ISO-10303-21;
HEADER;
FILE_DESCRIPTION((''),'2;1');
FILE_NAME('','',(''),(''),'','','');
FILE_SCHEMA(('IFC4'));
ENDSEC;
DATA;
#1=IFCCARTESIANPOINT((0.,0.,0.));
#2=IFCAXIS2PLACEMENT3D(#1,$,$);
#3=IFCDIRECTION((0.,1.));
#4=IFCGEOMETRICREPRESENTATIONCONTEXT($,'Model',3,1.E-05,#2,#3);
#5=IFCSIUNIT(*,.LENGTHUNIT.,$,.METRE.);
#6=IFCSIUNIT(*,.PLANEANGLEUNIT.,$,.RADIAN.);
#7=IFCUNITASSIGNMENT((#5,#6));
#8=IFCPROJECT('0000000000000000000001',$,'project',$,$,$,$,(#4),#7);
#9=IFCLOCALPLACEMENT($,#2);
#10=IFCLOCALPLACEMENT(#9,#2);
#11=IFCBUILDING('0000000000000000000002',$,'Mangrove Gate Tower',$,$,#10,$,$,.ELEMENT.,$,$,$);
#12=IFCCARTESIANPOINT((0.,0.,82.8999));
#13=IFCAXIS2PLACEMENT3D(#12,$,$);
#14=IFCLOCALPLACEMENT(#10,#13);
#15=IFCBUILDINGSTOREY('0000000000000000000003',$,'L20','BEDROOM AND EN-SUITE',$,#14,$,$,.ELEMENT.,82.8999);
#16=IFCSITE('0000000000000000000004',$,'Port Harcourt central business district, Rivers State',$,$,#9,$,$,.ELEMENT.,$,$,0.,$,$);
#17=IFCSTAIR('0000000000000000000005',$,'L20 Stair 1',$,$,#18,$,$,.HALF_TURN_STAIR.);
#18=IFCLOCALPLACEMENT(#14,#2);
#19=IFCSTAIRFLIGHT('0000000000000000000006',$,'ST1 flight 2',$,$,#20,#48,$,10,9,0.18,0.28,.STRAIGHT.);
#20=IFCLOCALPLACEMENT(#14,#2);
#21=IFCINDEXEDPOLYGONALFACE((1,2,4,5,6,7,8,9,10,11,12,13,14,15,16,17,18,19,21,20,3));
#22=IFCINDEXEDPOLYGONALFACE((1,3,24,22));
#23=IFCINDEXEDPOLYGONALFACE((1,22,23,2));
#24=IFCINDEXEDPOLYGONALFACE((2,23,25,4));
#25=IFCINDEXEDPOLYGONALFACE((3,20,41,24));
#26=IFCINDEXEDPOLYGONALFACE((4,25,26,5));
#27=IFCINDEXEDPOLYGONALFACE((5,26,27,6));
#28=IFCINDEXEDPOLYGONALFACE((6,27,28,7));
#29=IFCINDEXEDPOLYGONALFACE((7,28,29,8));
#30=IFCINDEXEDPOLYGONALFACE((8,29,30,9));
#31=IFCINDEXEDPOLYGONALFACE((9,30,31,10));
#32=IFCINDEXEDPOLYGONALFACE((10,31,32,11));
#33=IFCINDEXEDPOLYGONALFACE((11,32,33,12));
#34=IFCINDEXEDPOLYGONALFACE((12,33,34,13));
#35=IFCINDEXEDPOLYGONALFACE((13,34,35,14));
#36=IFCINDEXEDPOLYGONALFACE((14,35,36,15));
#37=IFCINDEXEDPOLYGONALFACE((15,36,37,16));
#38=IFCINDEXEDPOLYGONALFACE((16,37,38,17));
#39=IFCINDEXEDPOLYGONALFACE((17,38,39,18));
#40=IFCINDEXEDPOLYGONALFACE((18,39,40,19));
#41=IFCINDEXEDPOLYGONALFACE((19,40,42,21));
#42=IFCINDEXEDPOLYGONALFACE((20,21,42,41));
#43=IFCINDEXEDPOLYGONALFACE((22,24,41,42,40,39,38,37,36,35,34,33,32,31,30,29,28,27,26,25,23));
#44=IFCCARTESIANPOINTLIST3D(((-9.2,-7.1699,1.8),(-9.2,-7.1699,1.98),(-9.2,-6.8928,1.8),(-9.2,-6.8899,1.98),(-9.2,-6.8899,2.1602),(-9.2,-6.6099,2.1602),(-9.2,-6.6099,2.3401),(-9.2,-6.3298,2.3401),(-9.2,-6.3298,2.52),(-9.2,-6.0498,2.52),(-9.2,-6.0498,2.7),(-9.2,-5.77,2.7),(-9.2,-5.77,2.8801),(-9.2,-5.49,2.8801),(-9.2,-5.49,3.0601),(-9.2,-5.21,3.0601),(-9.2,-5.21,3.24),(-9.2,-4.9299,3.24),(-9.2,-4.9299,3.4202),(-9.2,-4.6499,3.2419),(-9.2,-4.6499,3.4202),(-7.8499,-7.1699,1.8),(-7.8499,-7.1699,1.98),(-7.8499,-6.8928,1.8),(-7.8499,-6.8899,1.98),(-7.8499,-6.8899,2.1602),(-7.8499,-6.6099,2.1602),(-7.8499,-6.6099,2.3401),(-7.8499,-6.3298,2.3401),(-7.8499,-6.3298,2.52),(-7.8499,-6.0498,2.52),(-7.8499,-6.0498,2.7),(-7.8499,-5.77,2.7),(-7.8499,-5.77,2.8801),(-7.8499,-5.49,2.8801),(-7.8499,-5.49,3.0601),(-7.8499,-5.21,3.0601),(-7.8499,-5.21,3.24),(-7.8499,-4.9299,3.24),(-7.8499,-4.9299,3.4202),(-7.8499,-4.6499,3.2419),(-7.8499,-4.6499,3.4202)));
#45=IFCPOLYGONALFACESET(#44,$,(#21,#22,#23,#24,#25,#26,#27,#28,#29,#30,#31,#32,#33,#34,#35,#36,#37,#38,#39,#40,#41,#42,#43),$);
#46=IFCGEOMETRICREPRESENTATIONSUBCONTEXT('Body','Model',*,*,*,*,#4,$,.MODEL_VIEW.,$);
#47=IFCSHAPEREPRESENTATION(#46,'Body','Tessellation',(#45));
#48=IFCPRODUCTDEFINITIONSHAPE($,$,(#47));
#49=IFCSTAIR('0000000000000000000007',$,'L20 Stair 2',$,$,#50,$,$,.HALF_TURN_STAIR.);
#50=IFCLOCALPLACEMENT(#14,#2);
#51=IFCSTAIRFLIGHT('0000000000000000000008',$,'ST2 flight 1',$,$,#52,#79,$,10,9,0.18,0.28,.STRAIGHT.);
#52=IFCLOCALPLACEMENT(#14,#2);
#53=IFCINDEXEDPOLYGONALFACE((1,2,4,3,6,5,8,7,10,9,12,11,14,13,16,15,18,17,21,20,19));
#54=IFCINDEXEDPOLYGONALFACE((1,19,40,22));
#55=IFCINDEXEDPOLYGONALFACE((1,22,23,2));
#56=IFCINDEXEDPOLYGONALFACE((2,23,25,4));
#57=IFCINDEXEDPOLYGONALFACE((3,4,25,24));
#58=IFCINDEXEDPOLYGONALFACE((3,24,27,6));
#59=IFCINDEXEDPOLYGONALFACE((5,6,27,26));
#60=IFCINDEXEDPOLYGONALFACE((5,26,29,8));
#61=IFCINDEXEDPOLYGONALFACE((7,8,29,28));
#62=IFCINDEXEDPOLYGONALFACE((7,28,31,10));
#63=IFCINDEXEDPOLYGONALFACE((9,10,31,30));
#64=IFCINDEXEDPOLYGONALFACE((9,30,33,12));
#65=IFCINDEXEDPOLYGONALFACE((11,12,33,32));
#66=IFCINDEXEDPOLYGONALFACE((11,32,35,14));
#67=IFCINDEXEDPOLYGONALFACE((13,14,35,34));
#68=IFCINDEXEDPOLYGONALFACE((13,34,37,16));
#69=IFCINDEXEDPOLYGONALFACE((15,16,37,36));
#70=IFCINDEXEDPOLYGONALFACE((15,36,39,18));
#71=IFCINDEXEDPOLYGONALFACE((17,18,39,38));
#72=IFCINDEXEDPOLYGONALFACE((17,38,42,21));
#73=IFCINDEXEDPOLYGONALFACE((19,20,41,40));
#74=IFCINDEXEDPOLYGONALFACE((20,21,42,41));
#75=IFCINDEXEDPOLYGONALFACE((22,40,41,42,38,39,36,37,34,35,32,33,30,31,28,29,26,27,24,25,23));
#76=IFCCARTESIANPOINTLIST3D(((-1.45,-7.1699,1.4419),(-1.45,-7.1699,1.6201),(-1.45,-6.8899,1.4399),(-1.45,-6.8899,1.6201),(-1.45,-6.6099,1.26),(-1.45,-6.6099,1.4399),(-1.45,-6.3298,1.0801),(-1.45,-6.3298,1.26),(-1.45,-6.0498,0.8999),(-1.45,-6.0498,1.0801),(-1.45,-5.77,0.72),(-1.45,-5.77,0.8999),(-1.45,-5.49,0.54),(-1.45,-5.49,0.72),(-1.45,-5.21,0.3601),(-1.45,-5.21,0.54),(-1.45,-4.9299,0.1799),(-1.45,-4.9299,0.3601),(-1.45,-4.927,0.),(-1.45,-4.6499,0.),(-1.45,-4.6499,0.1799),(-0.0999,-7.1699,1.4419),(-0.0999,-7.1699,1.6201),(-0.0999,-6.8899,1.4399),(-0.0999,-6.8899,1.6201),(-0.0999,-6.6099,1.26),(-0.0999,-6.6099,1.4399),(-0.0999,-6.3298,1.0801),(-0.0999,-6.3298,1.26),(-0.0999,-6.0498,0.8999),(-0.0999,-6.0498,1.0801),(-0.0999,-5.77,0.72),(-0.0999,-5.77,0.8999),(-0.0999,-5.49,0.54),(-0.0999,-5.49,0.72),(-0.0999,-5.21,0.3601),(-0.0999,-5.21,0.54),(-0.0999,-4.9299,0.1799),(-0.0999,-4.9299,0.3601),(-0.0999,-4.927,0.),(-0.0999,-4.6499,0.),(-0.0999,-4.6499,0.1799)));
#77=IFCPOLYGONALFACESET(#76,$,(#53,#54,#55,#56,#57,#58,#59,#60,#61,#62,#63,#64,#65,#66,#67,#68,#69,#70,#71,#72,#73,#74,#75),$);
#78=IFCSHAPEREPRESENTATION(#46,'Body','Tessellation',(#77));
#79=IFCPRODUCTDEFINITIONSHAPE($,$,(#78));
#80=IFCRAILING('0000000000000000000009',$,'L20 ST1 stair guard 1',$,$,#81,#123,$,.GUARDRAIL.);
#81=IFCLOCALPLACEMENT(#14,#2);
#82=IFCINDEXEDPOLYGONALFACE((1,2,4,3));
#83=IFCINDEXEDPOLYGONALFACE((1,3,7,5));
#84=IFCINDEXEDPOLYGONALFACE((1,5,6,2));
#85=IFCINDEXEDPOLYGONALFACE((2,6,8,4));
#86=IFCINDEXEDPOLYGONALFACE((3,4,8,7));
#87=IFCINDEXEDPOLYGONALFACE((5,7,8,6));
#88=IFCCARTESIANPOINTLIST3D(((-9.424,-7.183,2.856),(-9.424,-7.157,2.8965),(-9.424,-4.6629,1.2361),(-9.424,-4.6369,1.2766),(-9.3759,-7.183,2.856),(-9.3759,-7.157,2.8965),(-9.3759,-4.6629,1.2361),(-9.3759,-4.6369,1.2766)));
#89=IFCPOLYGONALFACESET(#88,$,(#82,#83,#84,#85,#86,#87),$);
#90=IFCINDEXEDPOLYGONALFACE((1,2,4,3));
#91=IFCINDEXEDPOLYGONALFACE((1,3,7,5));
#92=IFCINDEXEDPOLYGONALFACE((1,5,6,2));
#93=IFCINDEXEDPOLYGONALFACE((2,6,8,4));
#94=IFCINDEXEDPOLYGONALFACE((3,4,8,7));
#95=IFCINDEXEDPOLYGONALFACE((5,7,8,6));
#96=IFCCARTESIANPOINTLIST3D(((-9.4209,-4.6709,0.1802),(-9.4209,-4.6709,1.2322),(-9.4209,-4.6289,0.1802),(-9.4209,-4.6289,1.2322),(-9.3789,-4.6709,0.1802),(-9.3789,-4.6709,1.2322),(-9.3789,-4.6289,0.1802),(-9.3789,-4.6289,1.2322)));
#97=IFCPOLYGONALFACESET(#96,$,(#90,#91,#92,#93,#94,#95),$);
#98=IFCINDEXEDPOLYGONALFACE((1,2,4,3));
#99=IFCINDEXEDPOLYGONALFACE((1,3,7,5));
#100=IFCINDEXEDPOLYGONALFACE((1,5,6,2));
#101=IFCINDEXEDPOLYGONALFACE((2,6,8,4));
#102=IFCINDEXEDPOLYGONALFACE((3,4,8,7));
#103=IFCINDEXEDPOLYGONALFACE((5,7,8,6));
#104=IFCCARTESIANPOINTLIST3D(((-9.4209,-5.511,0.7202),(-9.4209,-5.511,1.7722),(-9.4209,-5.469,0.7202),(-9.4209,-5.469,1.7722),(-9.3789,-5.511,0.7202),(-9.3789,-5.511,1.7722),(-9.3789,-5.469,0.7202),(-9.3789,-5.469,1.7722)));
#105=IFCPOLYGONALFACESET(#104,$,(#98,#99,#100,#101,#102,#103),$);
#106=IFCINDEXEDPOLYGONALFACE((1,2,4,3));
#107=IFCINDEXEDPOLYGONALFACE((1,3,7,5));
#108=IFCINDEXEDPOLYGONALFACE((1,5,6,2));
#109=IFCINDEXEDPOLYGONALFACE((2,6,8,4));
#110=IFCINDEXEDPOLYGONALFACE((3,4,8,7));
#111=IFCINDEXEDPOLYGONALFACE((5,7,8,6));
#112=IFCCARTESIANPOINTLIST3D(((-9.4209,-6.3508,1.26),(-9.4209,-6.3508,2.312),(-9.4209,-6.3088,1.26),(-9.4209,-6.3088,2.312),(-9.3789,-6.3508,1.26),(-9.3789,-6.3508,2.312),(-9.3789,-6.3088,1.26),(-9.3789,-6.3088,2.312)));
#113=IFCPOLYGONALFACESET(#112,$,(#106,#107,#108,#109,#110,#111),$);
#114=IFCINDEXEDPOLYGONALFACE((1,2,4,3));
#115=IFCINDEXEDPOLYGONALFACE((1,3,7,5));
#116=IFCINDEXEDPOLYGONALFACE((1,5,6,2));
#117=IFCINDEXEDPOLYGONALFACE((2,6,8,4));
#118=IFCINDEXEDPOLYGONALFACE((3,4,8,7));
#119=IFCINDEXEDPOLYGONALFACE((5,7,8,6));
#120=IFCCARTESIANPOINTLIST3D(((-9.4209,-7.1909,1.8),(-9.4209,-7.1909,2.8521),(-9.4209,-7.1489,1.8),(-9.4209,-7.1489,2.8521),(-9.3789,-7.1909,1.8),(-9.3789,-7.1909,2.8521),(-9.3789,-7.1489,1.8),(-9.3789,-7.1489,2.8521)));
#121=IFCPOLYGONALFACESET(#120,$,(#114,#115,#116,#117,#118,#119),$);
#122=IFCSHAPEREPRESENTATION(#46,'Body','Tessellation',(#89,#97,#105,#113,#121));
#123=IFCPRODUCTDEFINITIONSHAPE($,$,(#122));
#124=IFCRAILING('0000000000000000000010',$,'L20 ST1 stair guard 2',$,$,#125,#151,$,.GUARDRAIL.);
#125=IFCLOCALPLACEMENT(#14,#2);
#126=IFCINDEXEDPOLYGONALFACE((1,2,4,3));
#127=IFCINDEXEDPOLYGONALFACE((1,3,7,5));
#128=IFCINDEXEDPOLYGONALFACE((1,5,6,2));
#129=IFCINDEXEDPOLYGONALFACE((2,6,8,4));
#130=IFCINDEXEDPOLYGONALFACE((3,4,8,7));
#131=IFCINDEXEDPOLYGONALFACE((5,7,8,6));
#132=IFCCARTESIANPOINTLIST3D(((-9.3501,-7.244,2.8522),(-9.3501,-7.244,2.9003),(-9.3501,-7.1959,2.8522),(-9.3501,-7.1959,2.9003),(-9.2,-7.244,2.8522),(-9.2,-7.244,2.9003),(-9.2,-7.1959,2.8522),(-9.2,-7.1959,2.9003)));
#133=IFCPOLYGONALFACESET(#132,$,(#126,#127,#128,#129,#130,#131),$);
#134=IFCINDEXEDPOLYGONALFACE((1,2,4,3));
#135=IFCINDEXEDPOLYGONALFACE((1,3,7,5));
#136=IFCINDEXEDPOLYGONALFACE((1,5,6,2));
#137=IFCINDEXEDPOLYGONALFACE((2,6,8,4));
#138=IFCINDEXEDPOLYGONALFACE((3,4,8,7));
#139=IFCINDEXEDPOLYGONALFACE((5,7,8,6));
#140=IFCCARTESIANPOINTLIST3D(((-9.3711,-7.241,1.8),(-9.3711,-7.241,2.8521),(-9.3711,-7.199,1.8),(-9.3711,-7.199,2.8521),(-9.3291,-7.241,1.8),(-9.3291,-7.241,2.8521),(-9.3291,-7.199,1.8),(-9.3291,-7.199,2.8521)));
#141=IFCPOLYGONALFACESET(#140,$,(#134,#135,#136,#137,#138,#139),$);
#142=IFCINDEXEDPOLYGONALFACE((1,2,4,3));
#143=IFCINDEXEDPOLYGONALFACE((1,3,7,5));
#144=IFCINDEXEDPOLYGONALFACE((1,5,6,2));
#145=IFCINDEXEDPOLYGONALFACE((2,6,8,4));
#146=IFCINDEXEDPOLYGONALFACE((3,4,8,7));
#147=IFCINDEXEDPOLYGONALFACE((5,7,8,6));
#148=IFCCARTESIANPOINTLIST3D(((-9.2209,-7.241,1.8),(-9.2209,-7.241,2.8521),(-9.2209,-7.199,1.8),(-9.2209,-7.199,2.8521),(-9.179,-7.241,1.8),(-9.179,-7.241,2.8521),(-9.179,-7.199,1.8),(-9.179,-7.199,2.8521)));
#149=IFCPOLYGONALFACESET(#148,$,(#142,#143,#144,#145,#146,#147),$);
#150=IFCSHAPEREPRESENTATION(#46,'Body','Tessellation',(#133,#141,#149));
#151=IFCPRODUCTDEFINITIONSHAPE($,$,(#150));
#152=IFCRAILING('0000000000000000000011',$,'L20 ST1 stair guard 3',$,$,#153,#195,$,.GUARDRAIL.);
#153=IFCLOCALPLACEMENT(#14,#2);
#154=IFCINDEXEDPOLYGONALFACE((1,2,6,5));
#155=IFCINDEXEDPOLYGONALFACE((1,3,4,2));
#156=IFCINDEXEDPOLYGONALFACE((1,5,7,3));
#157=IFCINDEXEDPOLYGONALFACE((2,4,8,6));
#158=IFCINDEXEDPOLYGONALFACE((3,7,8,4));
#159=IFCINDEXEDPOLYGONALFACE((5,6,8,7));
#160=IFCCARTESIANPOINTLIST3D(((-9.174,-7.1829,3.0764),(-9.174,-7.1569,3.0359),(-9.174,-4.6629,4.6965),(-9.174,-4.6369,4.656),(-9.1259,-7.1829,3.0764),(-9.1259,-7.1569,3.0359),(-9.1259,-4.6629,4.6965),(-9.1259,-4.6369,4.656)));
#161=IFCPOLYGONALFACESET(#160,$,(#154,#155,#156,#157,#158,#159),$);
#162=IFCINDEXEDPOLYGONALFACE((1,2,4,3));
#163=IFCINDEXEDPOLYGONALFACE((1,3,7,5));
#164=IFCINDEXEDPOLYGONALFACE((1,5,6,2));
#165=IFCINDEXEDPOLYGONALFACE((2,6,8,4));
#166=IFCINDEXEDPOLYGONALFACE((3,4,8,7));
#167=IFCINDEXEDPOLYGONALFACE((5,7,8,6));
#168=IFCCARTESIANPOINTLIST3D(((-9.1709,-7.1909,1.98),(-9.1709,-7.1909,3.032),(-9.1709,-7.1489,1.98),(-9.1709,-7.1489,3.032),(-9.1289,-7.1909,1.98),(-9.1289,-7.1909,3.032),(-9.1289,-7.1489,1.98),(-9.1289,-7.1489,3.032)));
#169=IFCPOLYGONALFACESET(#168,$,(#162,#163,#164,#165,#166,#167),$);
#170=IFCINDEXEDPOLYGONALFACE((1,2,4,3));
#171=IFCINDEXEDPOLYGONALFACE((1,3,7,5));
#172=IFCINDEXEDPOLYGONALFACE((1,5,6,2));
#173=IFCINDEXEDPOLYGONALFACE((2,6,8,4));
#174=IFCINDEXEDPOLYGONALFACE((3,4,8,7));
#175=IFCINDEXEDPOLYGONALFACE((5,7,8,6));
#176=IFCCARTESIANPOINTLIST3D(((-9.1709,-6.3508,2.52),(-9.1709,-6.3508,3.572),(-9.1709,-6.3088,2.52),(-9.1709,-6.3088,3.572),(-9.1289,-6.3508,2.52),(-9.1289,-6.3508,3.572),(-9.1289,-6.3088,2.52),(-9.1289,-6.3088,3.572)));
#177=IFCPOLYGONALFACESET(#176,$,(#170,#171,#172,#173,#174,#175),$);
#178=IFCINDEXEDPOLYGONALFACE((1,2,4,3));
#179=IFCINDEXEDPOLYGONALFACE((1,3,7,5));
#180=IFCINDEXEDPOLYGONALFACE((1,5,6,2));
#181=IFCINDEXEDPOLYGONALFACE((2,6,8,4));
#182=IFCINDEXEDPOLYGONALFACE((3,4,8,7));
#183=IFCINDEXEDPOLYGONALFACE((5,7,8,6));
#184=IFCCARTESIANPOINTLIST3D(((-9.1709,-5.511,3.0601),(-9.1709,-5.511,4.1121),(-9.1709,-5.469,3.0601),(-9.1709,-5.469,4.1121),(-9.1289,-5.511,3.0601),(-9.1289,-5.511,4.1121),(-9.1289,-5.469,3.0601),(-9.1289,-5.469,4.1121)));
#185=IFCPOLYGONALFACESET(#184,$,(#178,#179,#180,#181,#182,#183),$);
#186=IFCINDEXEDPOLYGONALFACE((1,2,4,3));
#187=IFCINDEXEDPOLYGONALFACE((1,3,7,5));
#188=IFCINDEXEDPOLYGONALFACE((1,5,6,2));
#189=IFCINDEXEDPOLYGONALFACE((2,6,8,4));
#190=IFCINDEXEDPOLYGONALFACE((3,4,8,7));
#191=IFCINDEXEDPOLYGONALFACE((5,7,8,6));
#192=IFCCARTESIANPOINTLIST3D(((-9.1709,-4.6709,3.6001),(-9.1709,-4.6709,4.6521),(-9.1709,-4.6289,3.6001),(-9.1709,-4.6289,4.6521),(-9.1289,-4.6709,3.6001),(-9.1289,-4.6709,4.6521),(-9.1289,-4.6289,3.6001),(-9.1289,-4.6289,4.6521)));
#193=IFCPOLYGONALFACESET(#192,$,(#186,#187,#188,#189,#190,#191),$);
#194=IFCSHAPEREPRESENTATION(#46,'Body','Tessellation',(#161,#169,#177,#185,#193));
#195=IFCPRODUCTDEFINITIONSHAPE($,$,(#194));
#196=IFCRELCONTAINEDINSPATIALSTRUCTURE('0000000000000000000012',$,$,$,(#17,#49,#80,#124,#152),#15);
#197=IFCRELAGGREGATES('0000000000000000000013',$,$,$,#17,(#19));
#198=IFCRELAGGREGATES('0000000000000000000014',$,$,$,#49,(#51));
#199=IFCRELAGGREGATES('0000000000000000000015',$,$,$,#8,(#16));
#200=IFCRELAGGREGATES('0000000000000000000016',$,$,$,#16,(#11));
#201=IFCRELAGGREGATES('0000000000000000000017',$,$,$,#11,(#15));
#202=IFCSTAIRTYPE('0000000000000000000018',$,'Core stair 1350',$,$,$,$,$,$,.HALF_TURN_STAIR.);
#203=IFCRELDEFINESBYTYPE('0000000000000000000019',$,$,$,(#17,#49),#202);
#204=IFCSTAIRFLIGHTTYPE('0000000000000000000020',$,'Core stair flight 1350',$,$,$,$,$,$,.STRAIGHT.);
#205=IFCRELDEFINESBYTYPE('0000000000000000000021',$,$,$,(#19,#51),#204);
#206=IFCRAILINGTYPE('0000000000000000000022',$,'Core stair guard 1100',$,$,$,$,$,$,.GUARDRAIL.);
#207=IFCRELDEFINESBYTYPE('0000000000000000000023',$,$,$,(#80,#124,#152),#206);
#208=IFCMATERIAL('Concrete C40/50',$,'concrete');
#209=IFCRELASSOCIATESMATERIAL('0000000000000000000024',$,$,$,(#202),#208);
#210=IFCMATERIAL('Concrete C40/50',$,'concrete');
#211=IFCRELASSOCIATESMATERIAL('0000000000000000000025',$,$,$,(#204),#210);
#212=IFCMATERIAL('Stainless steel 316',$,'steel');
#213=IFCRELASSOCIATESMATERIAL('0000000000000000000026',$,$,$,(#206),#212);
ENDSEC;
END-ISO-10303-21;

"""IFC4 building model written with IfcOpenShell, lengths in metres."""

from ifc_helpers import new_model, si_unit, direction, frame, origin, origin_2d, place, context, subcontext, project, spatial, polyline, rectangle, outline, extrude, material, type_object, element, aggregate, save


model = new_model("IFC4")

# Units and contexts
model_context = context("Model", 3, precision=1e-05, world=origin(), true_north=direction((0.0, 1.0)))
body_context = subcontext(model_context, "Body", "Model", "MODEL_VIEW")
ifc_project = project(units=[si_unit("LENGTHUNIT", "METRE"), si_unit("PLANEANGLEUNIT", "RADIAN")], contexts=[model_context])

# Site, building, storey
site_placement = place(None, origin())
site = spatial("IfcSite", under=ifc_project, at=site_placement, Name="Port Harcourt central business district, Rivers State", CompositionType="ELEMENT", RefElevation=0.0)
building_placement = place(site_placement, origin())
building = spatial("IfcBuilding", under=site, at=building_placement, Name="Mangrove Gate Tower", CompositionType="ELEMENT")
storey_placement = place(building_placement, frame((0.0, 0.0, 82.8999)))
storey = spatial("IfcBuildingStorey", under=building, at=storey_placement, Name="L20", Description="BEDROOM AND EN-SUITE", CompositionType="ELEMENT", Elevation=82.8999)

# Stair, stair flight
ifc_material_1 = material(Name="Concrete C40/50", Category="concrete")
stair_type = type_object("IfcStairType", Name="Core stair 1350", PredefinedType="HALF_TURN_STAIR", material=ifc_material_1)
stair_1_placement = place(storey_placement, origin())
stair_1 = element("IfcStair", 1, at=stair_1_placement, inside=storey, type_object=stair_type, Name="L20 Stair 1", PredefinedType="HALF_TURN_STAIR")
ifc_material_2 = material(Name="Concrete C40/50", Category="concrete")
stair_flight_type = type_object("IfcStairFlightType", Name="Core stair flight 1350", PredefinedType="STRAIGHT", material=ifc_material_2)
stair_flight_1_placement = place(storey_placement, frame((-8.5249, -7.1699, 1.8), z_axis=(0.0, 0.0, 1.0), x_axis=(0.0, 1.0, 0.0)))
stair_flight_1 = element("IfcStairFlight", 2, at=stair_flight_1_placement, type_object=stair_flight_type, Name="ST1 flight 2", NumberOfRisers=10, NumberOfTreads=9, PredefinedType="STRAIGHT", RiserHeight=0.18, TreadLength=0.28, context=body_context, shape_type="SweptSolid", body=[
    extrude(outline(polyline([(0.0, 0.0), (0.0, 0.1799), (0.28, 0.1799), (0.28, 0.3601), (0.5601, 0.3601), (0.5601, 0.54), (0.8401, 0.54), (0.8401, 0.72), (1.1201, 0.72), (1.1201, 0.8999), (1.3999, 0.8999), (1.3999, 1.0801), (1.6799, 1.0801), (1.6799, 1.26), (1.96, 1.26), (1.96, 1.4399), (2.24, 1.4399), (2.24, 1.6201), (2.52, 1.6201), (2.52, 1.8), (2.52, 1.4419), (0.2771, 0.0), (0.0, 0.0)])), frame((0.0, 0.675, 0.0), z_axis=(0.0, -1.0, 0.0), x_axis=(1.0, 0.0, 0.0)), (0.0, 0.0, 1.0), 1.3501),
])
aggregate(stair_1, [stair_flight_1])

# Stair, stair flight
stair_2_placement = place(storey_placement, origin())
stair_2 = element("IfcStair", 3, at=stair_2_placement, inside=storey, type_object=stair_type, Name="L20 Stair 2", PredefinedType="HALF_TURN_STAIR")
stair_flight_2_placement = place(storey_placement, frame((-0.7749, -4.6499, 0.0), z_axis=(0.0, 0.0, 1.0), x_axis=(0.0, -1.0, 0.0)))
stair_flight_2 = element("IfcStairFlight", 4, at=stair_flight_2_placement, type_object=stair_flight_type, Name="ST2 flight 1", NumberOfRisers=10, NumberOfTreads=9, PredefinedType="STRAIGHT", RiserHeight=0.18, TreadLength=0.28, context=body_context, shape_type="SweptSolid", body=[
    extrude(outline(polyline([(0.0, 0.0), (0.0, 0.1799), (0.28, 0.1799), (0.28, 0.3601), (0.5601, 0.3601), (0.5601, 0.54), (0.8401, 0.54), (0.8401, 0.72), (1.1201, 0.72), (1.1201, 0.8999), (1.3999, 0.8999), (1.3999, 1.0801), (1.6799, 1.0801), (1.6799, 1.26), (1.96, 1.26), (1.96, 1.4399), (2.24, 1.4399), (2.24, 1.6201), (2.52, 1.6201), (2.52, 1.8), (2.52, 1.4419), (0.2771, 0.0), (0.0, 0.0)])), frame((0.0, 0.675, 0.0), z_axis=(0.0, -1.0, 0.0), x_axis=(1.0, 0.0, 0.0)), (0.0, 0.0, 1.0), 1.3501),
])
aggregate(stair_2, [stair_flight_2])

# Railings
ifc_material_3 = material(Name="Stainless steel 316", Category="steel")
railing_type_1 = type_object("IfcRailingType", Name="Core stair guard 1100", PredefinedType="GUARDRAIL", material=ifc_material_3)
railing_1_placement = place(storey_placement, frame((-9.3999, -4.6499, 0.1802)))
element("IfcRailing", 5, at=railing_1_placement, inside=storey, type_object=railing_type_1, Name="L20 ST1 stair guard 1", PredefinedType="GUARDRAIL", context=body_context, shape_type="SweptSolid", body=[
    extrude(rectangle(XDim=0.0481, YDim=0.0481, at=origin_2d()), frame((0.0, 0.0, 1.0762), z_axis=(0.0, -0.8412, 0.540725), x_axis=(1.0, 0.0, 0.0)), (0.0, 0.0, 1.0), 2.9958),
    extrude(rectangle(XDim=0.042, YDim=0.042, at=origin_2d()), origin(), (0.0, 0.0, 1.0), 1.052),
    extrude(rectangle(XDim=0.042, YDim=0.042, at=origin_2d()), frame((0.0, -0.8401, 0.54)), (0.0, 0.0, 1.0), 1.052),
    extrude(rectangle(XDim=0.042, YDim=0.042, at=origin_2d()), frame((0.0, -1.6799, 1.0798)), (0.0, 0.0, 1.0), 1.052),
    extrude(rectangle(XDim=0.042, YDim=0.042, at=origin_2d()), frame((0.0, -2.52, 1.6199)), (0.0, 0.0, 1.0), 1.052),
])
railing_2_placement = place(storey_placement, frame((-9.3501, -7.22, 1.8)))
element("IfcRailing", 6, at=railing_2_placement, inside=storey, type_object=railing_type_1, Name="L20 ST1 stair guard 2", PredefinedType="GUARDRAIL", context=body_context, shape_type="SweptSolid", body=[
    extrude(rectangle(XDim=0.0481, YDim=0.0481, at=origin_2d()), frame((0.0, 0.0, 1.0762), z_axis=(1.0, 0.0, 0.0), x_axis=(0.0, 1.0, 0.0)), (0.0, 0.0, 1.0), 0.1501),
    extrude(rectangle(XDim=0.042, YDim=0.042, at=origin_2d()), origin(), (0.0, 0.0, 1.0), 1.052),
    extrude(rectangle(XDim=0.042, YDim=0.042, at=origin_2d()), frame((0.1501, 0.0, 0.0)), (0.0, 0.0, 1.0), 1.052),
])
railing_3_placement = place(storey_placement, frame((-9.1499, -7.1699, 1.98)))
element("IfcRailing", 7, at=railing_3_placement, inside=storey, type_object=railing_type_1, Name="L20 ST1 stair guard 3", PredefinedType="GUARDRAIL", context=body_context, shape_type="SweptSolid", body=[
    extrude(rectangle(XDim=0.0481, YDim=0.0481, at=origin_2d()), frame((0.0, 0.0, 1.0762), z_axis=(0.0, 0.841163, 0.540782), x_axis=(-1.0, 0.0, 0.0)), (0.0, 0.0, 1.0), 2.9958),
    extrude(rectangle(XDim=0.042, YDim=0.042, at=origin_2d()), origin(), (0.0, 0.0, 1.0), 1.052),
    extrude(rectangle(XDim=0.042, YDim=0.042, at=origin_2d()), frame((0.0, 0.8401, 0.54)), (0.0, 0.0, 1.0), 1.052),
    extrude(rectangle(XDim=0.042, YDim=0.042, at=origin_2d()), frame((0.0, 1.6799, 1.0801)), (0.0, 0.0, 1.0), 1.052),
    extrude(rectangle(XDim=0.042, YDim=0.042, at=origin_2d()), frame((0.0, 2.52, 1.6201)), (0.0, 0.0, 1.0), 1.052),
])

save(model, "model.ifc")
